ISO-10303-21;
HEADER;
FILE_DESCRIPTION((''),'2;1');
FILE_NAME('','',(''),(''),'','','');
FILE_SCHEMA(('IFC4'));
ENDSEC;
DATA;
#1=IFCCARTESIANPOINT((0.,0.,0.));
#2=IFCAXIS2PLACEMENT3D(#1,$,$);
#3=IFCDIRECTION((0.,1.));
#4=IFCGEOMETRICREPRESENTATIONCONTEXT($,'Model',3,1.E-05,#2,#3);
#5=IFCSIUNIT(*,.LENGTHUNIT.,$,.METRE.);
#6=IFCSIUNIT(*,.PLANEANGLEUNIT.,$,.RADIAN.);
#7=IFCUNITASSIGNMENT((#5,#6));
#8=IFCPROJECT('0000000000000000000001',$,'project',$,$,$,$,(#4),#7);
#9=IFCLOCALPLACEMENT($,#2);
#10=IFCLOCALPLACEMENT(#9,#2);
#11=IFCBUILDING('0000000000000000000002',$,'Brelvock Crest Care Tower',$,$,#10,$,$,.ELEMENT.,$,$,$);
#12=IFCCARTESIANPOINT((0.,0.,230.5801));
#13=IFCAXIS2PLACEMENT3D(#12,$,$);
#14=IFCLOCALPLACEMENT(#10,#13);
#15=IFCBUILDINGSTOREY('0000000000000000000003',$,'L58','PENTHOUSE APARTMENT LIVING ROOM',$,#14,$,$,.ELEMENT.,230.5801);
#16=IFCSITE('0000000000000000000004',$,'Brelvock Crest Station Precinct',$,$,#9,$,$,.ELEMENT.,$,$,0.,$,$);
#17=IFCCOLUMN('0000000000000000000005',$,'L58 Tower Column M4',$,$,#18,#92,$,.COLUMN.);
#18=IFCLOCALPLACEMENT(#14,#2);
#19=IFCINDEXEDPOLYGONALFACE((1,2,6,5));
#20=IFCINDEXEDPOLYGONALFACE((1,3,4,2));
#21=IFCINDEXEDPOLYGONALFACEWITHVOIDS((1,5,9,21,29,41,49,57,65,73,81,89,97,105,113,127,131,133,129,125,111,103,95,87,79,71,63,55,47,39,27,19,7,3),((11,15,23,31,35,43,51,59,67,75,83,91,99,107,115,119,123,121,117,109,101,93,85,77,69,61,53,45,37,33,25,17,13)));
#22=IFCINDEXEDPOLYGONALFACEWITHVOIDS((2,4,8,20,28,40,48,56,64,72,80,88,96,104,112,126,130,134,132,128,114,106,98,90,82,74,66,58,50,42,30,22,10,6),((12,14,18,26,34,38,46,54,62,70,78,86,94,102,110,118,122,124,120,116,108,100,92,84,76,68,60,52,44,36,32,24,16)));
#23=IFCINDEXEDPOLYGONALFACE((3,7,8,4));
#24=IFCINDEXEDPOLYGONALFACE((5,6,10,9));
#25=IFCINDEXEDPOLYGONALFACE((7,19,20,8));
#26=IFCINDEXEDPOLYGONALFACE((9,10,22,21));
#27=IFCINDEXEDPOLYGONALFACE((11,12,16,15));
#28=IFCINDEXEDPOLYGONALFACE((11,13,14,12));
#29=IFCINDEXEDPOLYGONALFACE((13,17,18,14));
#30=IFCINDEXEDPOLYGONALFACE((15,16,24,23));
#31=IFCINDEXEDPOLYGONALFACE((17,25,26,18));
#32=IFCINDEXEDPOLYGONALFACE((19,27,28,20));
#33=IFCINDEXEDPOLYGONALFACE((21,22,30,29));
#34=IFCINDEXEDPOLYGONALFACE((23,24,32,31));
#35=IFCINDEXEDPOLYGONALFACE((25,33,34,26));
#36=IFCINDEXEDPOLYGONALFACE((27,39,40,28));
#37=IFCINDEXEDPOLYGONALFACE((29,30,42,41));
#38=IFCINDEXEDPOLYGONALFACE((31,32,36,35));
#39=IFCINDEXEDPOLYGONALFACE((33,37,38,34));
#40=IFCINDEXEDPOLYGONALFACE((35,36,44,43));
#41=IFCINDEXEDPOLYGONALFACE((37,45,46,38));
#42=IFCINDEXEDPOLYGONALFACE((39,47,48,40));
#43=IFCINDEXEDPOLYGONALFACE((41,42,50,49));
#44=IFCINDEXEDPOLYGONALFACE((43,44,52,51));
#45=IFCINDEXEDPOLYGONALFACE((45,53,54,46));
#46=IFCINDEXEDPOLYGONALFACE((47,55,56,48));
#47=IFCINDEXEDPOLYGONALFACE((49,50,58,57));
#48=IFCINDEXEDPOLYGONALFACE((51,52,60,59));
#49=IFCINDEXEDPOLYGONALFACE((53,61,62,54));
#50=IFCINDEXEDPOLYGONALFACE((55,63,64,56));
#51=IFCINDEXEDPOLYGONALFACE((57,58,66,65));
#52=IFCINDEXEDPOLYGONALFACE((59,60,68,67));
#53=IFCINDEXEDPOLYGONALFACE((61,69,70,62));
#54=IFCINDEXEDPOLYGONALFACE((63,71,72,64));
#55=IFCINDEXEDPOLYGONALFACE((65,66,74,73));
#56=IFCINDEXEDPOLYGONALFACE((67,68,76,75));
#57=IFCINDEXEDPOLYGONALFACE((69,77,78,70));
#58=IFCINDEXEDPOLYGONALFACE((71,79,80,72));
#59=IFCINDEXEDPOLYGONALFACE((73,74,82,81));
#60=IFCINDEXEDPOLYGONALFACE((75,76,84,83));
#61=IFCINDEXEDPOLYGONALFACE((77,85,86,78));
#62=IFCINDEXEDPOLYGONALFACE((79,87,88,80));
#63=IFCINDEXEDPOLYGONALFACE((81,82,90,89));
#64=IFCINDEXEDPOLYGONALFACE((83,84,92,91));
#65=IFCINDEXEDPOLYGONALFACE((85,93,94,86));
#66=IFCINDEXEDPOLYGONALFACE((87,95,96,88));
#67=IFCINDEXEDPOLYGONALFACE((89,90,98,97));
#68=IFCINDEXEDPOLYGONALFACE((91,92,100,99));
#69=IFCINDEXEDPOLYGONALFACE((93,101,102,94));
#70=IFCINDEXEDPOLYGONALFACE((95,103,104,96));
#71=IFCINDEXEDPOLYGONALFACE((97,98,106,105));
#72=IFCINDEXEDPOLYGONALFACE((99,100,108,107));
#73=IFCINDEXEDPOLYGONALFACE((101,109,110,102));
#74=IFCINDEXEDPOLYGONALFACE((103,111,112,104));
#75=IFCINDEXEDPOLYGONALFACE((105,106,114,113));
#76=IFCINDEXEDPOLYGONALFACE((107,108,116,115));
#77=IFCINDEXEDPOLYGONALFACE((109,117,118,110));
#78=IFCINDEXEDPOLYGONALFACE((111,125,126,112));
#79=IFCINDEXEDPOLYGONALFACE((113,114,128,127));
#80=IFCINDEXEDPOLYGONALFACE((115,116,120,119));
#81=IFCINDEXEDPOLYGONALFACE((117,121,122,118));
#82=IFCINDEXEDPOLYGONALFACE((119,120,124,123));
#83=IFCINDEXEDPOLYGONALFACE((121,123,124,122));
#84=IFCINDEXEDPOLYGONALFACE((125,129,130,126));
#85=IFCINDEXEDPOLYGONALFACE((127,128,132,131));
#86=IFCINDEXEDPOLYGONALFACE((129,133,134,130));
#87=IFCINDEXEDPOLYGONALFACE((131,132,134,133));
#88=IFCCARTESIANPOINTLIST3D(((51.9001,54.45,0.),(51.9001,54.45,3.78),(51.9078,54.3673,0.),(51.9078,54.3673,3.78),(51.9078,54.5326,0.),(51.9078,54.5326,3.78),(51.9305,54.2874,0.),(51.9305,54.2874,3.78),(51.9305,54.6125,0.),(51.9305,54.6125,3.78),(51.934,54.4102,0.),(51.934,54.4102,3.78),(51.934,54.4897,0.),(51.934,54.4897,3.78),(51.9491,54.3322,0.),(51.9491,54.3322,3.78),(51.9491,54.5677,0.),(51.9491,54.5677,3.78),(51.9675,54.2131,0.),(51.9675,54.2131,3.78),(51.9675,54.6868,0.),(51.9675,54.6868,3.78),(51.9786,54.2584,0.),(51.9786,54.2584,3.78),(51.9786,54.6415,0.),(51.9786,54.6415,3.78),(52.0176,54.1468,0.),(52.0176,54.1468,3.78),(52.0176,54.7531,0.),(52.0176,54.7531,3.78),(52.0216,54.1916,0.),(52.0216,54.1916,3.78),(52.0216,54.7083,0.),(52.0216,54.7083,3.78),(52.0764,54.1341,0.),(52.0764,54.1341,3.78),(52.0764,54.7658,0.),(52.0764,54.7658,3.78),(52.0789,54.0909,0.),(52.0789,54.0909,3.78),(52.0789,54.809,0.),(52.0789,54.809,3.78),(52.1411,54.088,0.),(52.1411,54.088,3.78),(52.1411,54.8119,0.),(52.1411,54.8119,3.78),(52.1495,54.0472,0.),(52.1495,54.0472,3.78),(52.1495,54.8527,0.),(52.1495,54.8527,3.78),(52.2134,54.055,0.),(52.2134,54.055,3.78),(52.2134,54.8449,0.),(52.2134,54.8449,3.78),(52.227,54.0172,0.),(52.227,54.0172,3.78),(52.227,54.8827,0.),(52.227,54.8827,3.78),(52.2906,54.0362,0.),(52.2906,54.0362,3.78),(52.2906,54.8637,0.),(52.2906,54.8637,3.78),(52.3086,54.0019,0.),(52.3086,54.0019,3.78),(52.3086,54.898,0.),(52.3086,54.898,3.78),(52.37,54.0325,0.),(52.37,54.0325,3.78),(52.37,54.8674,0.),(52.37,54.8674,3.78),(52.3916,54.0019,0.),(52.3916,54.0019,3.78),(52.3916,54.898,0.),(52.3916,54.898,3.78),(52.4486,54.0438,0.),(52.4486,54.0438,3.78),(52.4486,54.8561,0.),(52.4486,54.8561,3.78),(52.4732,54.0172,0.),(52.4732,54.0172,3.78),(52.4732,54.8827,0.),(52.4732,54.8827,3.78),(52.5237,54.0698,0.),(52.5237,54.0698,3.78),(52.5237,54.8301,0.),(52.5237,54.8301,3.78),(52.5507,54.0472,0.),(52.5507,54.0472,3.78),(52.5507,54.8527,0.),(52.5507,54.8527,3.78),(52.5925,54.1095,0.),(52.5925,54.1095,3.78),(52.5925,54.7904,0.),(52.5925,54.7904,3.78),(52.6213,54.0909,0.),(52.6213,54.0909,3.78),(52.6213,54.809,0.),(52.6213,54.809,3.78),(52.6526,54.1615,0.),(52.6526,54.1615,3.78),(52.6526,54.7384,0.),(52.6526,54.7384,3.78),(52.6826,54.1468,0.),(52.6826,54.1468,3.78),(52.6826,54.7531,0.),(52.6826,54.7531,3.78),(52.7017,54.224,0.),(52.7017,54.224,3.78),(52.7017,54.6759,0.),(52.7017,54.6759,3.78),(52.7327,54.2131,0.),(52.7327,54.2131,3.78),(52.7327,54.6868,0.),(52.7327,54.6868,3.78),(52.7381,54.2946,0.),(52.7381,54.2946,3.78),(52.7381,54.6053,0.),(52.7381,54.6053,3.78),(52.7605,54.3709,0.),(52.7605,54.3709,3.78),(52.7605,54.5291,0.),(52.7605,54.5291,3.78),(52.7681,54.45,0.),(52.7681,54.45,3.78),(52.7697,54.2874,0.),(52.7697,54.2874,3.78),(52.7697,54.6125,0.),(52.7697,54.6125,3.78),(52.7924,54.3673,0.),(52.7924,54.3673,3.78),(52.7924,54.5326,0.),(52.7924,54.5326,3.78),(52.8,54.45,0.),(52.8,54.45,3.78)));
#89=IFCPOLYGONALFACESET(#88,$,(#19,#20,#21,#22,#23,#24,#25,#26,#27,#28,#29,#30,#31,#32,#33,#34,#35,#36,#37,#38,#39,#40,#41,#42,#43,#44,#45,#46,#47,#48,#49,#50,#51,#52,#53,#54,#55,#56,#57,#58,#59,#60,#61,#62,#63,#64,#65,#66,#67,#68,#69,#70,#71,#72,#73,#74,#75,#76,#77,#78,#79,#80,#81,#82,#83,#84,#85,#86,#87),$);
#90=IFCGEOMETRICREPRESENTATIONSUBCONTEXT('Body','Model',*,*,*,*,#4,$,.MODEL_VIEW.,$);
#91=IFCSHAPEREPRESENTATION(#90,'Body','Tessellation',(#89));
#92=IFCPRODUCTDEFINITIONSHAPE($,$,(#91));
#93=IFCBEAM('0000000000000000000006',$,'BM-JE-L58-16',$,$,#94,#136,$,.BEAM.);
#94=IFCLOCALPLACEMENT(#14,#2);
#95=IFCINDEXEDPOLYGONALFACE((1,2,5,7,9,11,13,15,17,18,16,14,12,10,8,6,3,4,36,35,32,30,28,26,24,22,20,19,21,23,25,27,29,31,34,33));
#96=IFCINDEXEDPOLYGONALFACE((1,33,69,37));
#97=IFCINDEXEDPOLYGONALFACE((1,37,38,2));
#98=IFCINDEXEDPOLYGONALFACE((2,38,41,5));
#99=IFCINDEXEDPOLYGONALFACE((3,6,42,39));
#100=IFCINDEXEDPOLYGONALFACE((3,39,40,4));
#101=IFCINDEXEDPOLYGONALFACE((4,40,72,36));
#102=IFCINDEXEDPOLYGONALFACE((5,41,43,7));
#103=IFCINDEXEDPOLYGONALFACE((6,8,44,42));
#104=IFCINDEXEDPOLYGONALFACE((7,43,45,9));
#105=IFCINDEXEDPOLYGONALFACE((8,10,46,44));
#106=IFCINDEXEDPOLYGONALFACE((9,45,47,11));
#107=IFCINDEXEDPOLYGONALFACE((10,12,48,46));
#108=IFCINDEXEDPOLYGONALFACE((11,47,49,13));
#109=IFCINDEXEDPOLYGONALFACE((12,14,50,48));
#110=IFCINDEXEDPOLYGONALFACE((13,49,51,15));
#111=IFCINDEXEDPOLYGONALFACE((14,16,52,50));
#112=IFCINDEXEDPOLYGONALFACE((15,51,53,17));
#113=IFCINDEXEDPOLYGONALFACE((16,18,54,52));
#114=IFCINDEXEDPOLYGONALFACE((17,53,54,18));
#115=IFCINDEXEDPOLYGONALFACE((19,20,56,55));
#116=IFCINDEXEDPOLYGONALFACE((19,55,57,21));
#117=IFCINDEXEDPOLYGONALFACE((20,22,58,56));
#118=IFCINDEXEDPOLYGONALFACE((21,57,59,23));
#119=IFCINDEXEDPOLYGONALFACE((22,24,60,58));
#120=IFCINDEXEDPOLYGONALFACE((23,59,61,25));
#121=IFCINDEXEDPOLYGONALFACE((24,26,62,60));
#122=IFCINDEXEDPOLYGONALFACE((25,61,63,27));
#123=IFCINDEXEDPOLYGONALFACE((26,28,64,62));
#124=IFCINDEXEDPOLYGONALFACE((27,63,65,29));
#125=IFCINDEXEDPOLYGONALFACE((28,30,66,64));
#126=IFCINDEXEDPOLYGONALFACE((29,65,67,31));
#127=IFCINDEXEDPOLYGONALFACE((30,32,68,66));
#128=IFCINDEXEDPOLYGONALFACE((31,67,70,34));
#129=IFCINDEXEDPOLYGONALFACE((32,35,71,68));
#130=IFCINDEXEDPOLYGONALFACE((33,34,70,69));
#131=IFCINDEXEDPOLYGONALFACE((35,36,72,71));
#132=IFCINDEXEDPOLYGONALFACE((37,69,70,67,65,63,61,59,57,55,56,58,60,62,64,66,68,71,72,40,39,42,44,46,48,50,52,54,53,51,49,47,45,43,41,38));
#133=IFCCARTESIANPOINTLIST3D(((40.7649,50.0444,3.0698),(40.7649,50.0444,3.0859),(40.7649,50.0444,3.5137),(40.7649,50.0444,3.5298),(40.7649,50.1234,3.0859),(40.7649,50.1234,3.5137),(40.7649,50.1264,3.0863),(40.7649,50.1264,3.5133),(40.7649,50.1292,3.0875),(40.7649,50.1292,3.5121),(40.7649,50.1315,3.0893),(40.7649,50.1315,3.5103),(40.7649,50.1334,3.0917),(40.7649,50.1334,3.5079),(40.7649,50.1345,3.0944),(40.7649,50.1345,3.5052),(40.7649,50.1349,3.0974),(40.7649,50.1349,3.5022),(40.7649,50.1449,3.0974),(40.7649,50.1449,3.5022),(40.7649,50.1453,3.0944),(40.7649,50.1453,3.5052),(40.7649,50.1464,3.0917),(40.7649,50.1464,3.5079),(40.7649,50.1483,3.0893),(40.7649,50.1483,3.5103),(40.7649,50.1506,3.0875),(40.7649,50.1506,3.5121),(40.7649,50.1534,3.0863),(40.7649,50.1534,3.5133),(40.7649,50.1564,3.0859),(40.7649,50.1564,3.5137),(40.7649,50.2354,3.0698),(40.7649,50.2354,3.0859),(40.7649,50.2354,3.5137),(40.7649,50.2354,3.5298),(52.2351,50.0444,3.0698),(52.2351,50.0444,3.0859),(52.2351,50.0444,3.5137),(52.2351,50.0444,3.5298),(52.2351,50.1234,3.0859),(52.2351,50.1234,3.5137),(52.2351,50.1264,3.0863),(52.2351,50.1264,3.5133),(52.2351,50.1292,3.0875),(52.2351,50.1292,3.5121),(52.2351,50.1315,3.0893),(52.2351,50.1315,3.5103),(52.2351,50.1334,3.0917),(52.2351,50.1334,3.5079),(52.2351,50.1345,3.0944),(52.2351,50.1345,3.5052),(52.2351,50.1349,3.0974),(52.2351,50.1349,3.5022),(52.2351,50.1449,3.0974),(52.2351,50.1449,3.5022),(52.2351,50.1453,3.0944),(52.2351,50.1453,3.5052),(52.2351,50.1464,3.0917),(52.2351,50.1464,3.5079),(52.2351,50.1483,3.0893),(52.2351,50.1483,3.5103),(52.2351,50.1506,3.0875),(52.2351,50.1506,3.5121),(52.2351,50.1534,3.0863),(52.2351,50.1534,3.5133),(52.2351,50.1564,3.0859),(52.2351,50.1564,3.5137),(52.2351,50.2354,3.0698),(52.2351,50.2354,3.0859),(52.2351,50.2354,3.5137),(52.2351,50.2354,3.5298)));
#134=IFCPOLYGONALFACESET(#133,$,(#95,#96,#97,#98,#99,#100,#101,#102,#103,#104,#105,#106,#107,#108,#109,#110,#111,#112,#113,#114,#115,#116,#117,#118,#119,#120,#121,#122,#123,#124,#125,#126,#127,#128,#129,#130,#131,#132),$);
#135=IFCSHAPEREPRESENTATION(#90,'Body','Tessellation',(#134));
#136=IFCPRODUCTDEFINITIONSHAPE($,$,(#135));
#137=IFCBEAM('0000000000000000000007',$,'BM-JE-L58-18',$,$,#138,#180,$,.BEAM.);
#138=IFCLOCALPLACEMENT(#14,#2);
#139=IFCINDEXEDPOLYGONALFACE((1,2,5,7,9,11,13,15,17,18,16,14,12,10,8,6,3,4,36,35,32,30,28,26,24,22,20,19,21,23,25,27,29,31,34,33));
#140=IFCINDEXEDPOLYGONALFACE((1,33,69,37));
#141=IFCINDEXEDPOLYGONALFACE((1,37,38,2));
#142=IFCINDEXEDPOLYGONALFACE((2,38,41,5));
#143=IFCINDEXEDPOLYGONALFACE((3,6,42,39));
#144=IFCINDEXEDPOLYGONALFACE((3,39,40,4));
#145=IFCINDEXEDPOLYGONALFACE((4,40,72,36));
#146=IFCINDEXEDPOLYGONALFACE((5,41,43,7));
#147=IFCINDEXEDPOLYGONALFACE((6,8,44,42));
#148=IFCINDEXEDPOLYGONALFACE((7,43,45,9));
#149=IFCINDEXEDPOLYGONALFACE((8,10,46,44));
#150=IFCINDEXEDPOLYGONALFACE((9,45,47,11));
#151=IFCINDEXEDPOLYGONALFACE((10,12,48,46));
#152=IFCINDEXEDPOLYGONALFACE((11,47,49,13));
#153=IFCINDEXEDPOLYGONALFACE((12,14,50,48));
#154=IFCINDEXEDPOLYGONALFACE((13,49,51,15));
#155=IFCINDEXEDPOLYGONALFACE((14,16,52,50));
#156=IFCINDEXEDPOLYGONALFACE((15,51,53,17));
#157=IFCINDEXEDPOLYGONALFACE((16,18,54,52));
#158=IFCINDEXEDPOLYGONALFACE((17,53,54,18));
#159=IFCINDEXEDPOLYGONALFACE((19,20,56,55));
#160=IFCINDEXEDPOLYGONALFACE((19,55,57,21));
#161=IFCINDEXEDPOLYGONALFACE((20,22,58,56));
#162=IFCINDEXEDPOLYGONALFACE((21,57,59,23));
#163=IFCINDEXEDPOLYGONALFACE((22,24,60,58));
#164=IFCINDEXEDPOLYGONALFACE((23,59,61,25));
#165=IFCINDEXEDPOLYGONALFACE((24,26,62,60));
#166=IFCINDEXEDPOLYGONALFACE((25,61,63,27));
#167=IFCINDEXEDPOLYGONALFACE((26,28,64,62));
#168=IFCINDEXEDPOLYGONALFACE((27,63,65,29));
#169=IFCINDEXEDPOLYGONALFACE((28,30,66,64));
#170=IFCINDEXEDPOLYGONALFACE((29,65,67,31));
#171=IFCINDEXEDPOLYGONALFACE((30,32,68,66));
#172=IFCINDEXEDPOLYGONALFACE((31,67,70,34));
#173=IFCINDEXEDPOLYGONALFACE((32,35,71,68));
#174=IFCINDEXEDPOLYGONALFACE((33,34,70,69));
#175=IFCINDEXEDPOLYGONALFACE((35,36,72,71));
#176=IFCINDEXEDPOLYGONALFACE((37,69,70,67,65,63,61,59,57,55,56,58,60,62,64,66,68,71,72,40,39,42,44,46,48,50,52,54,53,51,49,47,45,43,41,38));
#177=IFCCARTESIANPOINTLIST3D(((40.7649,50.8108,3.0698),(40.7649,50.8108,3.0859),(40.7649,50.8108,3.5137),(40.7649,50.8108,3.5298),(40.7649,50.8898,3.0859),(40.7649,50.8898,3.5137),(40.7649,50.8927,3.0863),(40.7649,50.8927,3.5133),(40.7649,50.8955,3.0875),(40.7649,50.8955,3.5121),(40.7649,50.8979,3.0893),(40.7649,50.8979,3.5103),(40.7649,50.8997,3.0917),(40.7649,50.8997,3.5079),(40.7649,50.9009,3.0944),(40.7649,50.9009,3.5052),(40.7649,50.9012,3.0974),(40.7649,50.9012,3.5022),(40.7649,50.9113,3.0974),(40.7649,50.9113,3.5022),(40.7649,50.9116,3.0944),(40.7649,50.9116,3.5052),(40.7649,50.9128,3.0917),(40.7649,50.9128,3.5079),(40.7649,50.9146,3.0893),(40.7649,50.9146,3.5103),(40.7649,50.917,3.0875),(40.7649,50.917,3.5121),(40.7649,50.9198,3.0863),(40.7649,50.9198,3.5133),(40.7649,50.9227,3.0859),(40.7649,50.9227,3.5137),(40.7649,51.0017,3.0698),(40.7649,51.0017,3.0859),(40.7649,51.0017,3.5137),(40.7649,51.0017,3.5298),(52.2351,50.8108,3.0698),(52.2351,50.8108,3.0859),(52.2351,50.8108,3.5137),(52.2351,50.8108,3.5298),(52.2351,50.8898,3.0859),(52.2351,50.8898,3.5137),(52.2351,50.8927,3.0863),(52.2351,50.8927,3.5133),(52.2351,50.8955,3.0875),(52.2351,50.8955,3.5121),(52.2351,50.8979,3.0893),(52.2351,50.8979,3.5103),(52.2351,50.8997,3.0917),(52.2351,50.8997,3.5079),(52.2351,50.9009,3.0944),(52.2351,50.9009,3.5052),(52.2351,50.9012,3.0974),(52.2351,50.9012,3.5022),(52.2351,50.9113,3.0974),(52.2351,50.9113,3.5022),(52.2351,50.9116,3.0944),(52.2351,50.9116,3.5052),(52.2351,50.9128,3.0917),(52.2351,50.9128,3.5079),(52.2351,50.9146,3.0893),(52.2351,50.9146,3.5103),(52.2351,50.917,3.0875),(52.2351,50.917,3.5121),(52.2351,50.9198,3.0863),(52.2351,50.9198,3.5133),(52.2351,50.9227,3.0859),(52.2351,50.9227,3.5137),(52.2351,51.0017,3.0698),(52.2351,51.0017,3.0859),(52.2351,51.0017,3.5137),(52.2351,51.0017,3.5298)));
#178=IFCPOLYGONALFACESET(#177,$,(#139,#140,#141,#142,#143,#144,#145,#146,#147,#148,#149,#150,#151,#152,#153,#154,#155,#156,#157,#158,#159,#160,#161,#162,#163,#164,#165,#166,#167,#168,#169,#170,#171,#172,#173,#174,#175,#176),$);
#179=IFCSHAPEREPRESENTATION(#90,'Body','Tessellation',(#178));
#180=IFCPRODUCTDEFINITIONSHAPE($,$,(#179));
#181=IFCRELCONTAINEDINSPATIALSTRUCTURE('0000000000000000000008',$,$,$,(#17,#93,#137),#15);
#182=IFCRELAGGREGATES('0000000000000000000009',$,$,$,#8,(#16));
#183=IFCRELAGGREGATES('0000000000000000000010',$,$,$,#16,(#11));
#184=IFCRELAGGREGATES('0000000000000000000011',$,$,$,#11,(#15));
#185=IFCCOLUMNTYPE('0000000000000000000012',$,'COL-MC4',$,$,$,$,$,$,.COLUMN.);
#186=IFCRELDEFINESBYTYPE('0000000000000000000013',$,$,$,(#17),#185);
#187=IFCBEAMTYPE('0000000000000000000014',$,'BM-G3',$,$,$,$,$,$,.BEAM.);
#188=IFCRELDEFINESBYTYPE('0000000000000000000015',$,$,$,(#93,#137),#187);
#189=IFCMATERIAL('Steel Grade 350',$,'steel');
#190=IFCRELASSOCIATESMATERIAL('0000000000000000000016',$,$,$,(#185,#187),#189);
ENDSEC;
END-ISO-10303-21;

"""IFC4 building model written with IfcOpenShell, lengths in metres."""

from ifc_helpers import new_model, si_unit, direction, frame, origin, origin_2d, place, context, subcontext, project, spatial, hollow_circle, i_section, extrude, source, transform, mapped, material, material_profile, profile_set, type_object, element, save


model = new_model("IFC4")

# Units and contexts
model_context = context("Model", 3, precision=1e-05, world=origin(), true_north=direction((0.0, 1.0)))
body_context = subcontext(model_context, "Body", "Model", "MODEL_VIEW")
ifc_project = project(units=[si_unit("LENGTHUNIT", "METRE"), si_unit("PLANEANGLEUNIT", "RADIAN")], contexts=[model_context])

# Site, building, storey
site_placement = place(None, origin())
site = spatial("IfcSite", under=ifc_project, at=site_placement, Name="Brelvock Crest Station Precinct", CompositionType="ELEMENT", RefElevation=0.0)
building_placement = place(site_placement, origin())
building = spatial("IfcBuilding", under=site, at=building_placement, Name="Brelvock Crest Care Tower", CompositionType="ELEMENT")
storey_placement = place(building_placement, frame((0.0, 0.0, 230.5801)))
storey = spatial("IfcBuildingStorey", under=building, at=storey_placement, Name="L58", Description="PENTHOUSE APARTMENT LIVING ROOM", CompositionType="ELEMENT", Elevation=230.5801)

# Column
ifc_material_1 = material(Name="Steel Grade 350", Category="steel")
ifc_material_profile_1 = material_profile(ifc_material_1, hollow_circle(Radius=0.45, WallThickness=0.032, at=origin_2d()), Name="CFT900x32")
ifc_profile_set_1 = profile_set([ifc_material_profile_1], Name="Steel Grade 350")
column_type = type_object("IfcColumnType", Name="COL-MC4", PredefinedType="COLUMN", material=ifc_profile_set_1)
shared_shape_1 = source(origin(), body_context, "Body", "SweptSolid", [
    extrude(hollow_circle(Radius=0.45, WallThickness=0.032, at=origin_2d()), origin(), (0.0, 0.0, 1.0), 3.78),
])
column_placement = place(storey_placement, frame((52.3501, 54.45, 0.0), z_axis=(0.0, 0.0, 1.0), x_axis=(1.0, 0.0, 0.0)))
element("IfcColumn", 1, at=column_placement, inside=storey, type_object=column_type, Name="L58 Tower Column M4", PredefinedType="COLUMN", context=body_context, shape_type="MappedRepresentation", body=[
    mapped(shared_shape_1, transform((0.0, 0.0, 0.0), x_axis=(1.0, 0.0, 0.0), y_axis=(0.0, 1.0, 0.0), z_axis=(0.0, 0.0, 1.0), scale=1.0)),
])

# Beams
ifc_material_profile_2 = material_profile(ifc_material_1, i_section(OverallWidth=0.1909, OverallDepth=0.46, WebThickness=0.01, FlangeThickness=0.0161, FilletRadius=0.0115, at=origin_2d()), Name="460UB82.1")
ifc_profile_set_2 = profile_set([ifc_material_profile_2], Name="Steel Grade 350")
beam_type_1 = type_object("IfcBeamType", Name="BM-G3", PredefinedType="BEAM", material=ifc_profile_set_2)
shared_shape_2 = source(origin(), body_context, "Body", "SweptSolid", [
    extrude(i_section(OverallWidth=0.1909, OverallDepth=0.46, WebThickness=0.01, FlangeThickness=0.0161, FilletRadius=0.0115, at=origin_2d()), origin(), (0.0, 0.0, 1.0), 11.4702),
])
for number, where, z_axis, x_axis, name in (
    (2, (40.7649, 50.1399, 3.2998), (1.0, 0.0, 0.0), (0.0, 1.0, 0.0), "BM-JE-L58-16"),
    (3, (40.7649, 50.9062, 3.2998), (1.0, 0.0, 0.0), (0.0, 1.0, 0.0), "BM-JE-L58-18"),
):
    element("IfcBeam", number, at=place(storey_placement, frame(where, z_axis=z_axis, x_axis=x_axis)), inside=storey, type_object=beam_type_1, Name=name, PredefinedType="BEAM", context=body_context, shape_type="MappedRepresentation", body=[
        mapped(shared_shape_2, transform((0.0, 0.0, 0.0), x_axis=(1.0, 0.0, 0.0), y_axis=(0.0, 1.0, 0.0), z_axis=(0.0, 0.0, 1.0), scale=1.0)),
    ])

save(model, "model.ifc")
